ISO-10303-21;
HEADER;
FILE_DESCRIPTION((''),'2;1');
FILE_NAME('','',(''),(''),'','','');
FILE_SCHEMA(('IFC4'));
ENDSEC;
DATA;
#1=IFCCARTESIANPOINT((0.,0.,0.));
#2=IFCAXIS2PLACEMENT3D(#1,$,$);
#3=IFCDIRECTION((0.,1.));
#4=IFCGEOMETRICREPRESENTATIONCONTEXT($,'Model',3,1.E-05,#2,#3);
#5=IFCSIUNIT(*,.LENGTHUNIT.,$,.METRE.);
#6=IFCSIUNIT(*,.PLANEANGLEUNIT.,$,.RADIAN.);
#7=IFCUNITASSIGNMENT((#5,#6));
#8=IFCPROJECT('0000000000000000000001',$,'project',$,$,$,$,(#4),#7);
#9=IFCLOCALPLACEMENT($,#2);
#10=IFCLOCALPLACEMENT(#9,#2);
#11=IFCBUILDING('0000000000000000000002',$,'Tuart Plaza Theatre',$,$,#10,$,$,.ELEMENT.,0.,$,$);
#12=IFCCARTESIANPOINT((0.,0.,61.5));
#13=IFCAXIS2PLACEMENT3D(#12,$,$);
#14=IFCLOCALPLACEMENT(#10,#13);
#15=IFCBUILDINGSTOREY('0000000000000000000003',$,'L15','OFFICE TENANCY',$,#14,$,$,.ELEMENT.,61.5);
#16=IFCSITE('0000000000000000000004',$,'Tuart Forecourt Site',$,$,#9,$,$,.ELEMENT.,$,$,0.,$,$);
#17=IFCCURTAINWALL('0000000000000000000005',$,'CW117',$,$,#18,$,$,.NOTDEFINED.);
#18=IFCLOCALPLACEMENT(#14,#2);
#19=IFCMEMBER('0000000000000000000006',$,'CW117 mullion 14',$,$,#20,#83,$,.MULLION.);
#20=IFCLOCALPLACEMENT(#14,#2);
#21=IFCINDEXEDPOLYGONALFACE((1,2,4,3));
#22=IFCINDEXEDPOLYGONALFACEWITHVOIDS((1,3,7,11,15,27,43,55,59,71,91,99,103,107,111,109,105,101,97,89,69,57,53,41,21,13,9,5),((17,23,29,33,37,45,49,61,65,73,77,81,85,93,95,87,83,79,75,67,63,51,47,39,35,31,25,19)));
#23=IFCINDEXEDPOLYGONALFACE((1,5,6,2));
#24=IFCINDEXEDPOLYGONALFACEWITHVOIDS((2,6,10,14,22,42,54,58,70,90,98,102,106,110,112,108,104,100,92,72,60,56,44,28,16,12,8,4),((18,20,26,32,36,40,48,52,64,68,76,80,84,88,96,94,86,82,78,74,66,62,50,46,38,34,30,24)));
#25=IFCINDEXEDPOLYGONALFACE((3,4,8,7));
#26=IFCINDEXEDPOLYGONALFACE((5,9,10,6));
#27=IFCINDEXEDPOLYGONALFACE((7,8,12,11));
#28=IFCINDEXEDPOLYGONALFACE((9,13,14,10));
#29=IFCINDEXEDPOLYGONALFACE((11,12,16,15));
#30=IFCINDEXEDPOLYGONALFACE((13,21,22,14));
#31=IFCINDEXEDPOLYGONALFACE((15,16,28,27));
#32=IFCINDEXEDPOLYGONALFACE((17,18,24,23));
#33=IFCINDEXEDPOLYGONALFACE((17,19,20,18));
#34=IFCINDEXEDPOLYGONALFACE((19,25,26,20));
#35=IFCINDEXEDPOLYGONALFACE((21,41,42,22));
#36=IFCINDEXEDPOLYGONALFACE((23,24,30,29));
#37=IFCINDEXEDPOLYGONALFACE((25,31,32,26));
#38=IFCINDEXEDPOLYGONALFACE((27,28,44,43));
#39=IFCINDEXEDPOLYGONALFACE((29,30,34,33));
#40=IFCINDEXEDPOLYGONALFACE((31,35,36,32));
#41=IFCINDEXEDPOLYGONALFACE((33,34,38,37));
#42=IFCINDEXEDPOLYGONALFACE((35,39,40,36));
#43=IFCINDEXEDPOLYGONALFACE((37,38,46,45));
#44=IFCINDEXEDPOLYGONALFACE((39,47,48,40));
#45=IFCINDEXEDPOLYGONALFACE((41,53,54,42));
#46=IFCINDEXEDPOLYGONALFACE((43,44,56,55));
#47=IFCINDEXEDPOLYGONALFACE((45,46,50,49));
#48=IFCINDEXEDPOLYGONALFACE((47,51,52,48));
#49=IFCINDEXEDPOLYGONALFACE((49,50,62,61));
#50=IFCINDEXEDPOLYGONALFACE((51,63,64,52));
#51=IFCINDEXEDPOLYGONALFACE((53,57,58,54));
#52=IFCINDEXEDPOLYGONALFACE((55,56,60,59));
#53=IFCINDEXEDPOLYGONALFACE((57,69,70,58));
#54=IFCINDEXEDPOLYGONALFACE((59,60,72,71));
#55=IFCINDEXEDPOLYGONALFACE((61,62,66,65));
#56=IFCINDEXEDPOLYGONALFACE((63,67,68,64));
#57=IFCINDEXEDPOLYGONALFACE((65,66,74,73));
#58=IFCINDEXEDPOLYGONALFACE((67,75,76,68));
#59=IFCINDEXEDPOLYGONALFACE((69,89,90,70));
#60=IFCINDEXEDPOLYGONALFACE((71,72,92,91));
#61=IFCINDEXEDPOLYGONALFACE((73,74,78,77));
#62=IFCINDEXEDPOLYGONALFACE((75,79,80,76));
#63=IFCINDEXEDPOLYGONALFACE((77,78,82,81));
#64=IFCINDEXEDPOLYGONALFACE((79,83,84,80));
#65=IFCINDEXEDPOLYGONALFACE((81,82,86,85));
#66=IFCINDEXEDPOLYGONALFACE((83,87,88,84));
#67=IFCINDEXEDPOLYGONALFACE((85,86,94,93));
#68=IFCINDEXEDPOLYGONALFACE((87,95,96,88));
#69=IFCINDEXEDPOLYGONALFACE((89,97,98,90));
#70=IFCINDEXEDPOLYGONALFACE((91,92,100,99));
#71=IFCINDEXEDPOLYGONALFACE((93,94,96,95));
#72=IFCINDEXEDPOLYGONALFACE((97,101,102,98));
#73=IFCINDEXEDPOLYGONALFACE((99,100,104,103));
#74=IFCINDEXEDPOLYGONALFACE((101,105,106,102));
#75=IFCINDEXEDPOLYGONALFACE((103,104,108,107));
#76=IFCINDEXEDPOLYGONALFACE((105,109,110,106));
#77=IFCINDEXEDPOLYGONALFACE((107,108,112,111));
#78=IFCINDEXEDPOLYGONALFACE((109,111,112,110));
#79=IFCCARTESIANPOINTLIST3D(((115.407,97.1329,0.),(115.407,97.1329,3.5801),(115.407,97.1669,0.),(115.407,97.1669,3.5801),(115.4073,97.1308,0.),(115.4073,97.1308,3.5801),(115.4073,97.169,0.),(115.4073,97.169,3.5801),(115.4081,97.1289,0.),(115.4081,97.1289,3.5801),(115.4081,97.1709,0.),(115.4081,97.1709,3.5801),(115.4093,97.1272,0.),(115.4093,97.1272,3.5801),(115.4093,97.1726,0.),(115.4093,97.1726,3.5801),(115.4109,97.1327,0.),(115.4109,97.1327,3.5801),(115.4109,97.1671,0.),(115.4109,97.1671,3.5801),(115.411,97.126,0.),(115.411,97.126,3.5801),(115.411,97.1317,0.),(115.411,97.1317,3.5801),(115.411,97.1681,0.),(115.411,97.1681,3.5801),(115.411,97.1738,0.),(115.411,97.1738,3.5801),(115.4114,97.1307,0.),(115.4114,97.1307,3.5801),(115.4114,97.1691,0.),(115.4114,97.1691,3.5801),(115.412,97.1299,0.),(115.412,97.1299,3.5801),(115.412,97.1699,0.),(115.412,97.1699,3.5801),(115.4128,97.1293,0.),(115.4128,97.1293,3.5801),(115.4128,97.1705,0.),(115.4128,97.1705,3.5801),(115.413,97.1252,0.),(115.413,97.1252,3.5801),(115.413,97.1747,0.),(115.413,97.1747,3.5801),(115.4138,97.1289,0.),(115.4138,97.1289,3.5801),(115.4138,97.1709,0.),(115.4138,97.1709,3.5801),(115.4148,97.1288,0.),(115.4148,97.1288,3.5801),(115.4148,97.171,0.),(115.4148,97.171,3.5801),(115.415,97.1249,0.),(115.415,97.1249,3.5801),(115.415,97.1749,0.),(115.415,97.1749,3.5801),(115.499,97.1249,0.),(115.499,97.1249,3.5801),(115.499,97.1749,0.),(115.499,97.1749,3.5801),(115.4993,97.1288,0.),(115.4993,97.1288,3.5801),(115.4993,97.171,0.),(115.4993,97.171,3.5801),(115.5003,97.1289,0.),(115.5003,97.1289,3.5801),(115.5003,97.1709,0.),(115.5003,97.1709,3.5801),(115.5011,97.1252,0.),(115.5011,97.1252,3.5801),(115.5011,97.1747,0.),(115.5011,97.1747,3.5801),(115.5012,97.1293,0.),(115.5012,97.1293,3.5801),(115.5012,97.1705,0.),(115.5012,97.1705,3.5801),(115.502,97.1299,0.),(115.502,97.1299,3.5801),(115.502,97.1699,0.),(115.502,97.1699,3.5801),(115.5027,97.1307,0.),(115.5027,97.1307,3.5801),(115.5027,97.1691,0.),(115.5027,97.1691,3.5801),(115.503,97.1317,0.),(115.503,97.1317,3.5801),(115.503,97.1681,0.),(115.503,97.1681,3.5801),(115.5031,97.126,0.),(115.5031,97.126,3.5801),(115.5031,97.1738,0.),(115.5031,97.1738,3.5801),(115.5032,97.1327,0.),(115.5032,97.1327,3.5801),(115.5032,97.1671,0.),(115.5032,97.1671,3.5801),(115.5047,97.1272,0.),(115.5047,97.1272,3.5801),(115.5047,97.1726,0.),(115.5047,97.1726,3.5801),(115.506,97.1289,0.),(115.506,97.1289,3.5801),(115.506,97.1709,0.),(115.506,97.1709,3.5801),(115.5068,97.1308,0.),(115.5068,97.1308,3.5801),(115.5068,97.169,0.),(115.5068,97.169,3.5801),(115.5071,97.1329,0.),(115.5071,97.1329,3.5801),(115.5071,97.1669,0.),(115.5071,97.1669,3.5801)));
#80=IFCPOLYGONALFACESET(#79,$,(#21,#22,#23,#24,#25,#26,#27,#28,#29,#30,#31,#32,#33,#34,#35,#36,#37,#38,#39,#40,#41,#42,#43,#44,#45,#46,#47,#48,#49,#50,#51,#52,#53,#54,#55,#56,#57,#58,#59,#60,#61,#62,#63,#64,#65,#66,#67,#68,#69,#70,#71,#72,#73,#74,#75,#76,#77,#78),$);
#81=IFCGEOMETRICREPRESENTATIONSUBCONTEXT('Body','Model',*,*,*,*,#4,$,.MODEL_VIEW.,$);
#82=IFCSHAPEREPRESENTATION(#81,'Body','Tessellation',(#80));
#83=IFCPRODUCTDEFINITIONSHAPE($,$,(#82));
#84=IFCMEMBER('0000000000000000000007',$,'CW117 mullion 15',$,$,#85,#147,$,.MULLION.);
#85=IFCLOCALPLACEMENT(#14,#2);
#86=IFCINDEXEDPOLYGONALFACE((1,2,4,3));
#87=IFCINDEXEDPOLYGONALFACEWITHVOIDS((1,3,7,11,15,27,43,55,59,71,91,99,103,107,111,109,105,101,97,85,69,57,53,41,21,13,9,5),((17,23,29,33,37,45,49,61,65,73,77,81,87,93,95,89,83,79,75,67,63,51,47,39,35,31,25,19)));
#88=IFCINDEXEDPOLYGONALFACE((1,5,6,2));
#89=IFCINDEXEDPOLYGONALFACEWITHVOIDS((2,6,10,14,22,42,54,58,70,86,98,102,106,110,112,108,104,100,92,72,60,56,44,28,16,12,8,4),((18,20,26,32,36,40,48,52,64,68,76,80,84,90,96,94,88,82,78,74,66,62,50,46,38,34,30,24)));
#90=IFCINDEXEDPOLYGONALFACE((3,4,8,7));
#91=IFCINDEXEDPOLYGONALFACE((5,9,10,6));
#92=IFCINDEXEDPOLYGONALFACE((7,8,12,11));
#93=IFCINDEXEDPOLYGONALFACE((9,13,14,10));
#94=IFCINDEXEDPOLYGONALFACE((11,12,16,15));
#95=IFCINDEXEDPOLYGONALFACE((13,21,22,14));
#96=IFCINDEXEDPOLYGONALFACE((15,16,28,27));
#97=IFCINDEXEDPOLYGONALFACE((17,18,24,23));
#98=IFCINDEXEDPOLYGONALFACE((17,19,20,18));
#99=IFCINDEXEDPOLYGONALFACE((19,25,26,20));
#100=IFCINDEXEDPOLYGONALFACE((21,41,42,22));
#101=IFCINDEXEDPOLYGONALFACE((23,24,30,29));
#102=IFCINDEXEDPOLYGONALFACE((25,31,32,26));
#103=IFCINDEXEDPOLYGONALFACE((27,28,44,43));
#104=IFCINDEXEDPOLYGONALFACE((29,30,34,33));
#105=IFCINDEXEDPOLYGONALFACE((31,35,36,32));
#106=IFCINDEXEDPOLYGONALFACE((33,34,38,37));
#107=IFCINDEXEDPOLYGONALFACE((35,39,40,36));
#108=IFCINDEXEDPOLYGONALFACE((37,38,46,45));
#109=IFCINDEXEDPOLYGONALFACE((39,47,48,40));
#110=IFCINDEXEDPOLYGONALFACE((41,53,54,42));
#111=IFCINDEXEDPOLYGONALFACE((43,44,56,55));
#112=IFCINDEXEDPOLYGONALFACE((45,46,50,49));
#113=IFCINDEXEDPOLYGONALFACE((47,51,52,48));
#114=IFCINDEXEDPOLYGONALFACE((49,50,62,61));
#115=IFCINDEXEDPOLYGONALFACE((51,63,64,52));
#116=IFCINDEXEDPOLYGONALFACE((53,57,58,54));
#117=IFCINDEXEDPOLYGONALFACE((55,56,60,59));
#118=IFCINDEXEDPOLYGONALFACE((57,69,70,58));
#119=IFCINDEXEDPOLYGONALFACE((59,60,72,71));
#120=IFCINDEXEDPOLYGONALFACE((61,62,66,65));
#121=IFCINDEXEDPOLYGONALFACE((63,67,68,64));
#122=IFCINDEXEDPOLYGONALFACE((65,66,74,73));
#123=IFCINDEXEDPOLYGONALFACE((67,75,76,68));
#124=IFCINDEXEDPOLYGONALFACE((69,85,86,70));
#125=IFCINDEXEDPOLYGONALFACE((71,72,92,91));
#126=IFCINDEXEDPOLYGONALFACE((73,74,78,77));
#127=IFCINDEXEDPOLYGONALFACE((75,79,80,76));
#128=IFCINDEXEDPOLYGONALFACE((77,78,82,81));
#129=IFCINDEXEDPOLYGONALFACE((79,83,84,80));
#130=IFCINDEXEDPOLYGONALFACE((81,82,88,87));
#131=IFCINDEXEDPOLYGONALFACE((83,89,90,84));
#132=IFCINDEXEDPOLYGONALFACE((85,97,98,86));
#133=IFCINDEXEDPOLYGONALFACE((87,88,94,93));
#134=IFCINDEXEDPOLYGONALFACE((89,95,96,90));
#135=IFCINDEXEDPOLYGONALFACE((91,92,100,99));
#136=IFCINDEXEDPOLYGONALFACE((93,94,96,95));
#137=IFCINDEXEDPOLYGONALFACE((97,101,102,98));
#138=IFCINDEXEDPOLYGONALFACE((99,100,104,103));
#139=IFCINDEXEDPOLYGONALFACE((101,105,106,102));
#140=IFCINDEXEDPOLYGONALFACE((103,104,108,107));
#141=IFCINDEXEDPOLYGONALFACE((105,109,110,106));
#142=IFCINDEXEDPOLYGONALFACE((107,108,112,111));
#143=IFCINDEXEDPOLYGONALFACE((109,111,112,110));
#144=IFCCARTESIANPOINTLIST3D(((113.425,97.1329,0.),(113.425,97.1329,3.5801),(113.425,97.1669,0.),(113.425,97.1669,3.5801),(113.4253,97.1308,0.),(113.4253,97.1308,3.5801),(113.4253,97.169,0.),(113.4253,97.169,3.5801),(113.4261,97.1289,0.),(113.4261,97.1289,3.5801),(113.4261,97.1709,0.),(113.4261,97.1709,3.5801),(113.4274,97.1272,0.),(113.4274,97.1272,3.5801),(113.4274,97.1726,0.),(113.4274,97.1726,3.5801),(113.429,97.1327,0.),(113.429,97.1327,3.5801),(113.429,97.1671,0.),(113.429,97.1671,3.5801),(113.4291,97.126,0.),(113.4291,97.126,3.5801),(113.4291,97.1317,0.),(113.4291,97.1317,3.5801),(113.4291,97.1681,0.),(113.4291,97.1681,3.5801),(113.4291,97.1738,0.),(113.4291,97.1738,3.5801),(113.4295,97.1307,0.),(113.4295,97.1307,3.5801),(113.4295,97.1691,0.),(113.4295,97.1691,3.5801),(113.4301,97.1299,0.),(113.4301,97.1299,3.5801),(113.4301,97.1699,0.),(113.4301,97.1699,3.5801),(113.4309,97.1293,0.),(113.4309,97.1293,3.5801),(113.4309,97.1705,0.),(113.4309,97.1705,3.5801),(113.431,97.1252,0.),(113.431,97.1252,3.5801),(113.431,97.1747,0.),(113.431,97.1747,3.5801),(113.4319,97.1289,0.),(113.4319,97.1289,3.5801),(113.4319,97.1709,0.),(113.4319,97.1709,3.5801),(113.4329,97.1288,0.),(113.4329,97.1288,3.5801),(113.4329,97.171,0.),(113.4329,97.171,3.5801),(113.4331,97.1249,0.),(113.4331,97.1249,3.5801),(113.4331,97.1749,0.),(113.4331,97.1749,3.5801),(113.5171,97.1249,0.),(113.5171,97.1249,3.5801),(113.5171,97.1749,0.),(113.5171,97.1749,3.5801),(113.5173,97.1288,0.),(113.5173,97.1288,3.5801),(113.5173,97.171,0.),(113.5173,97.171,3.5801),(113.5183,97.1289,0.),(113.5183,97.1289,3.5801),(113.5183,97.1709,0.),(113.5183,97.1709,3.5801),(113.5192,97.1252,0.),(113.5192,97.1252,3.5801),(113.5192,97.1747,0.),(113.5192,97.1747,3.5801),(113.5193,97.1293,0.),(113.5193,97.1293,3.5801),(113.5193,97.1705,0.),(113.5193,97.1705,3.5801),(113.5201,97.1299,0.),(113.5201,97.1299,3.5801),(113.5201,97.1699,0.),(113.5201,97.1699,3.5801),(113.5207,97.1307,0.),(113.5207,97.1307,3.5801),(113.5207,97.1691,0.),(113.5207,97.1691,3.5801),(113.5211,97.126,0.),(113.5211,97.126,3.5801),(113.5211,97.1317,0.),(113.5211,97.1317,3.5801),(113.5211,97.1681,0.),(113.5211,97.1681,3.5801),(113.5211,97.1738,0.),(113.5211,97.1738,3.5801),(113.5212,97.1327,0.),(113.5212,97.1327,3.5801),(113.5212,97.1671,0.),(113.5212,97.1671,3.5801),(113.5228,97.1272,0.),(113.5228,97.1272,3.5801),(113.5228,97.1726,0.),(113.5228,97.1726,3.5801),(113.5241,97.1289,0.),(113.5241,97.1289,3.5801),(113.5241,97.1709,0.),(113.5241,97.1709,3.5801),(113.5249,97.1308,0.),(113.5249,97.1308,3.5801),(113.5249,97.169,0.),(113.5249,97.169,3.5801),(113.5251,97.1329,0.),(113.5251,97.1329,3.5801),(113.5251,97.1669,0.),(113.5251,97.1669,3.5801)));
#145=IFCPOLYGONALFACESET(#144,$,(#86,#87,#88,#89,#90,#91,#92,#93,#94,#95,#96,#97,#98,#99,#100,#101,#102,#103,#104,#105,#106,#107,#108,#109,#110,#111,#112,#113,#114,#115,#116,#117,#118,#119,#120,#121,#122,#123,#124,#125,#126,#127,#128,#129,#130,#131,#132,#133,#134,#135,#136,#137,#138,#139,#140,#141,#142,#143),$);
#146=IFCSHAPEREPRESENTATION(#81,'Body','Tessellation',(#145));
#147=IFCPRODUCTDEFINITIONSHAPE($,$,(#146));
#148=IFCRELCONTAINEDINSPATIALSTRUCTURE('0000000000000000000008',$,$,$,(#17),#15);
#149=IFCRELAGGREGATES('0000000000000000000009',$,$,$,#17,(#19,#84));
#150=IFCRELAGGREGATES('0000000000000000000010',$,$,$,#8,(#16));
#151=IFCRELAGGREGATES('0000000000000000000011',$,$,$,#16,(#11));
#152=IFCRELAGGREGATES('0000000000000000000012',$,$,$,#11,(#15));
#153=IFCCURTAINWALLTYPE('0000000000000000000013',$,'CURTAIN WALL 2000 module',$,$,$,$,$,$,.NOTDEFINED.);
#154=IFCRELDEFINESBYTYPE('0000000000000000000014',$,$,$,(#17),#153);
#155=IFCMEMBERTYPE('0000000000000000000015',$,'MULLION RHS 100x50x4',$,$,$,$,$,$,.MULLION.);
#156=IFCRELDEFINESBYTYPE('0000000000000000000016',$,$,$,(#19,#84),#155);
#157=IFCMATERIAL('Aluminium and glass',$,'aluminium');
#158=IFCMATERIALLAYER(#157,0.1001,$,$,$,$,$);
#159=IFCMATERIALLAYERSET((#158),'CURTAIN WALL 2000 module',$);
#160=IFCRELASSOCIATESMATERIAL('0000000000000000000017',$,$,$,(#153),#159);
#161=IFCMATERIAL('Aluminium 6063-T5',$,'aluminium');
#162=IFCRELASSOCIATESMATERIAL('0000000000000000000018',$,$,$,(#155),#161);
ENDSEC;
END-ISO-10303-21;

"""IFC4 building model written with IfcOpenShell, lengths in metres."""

from ifc_helpers import new_model, si_unit, direction, frame, origin, origin_2d, place, context, subcontext, project, spatial, hollow_rectangle, extrude, material, layer, layer_set, material_profile, profile_set, type_object, element, aggregate, save


model = new_model("IFC4")

# Units and contexts
model_context = context("Model", 3, precision=1e-05, world=origin(), true_north=direction((0.0, 1.0)))
body_context = subcontext(model_context, "Body", "Model", "MODEL_VIEW")
ifc_project = project(units=[si_unit("LENGTHUNIT", "METRE"), si_unit("PLANEANGLEUNIT", "RADIAN")], contexts=[model_context])

# Site, building, storey
site_placement = place(None, origin())
site = spatial("IfcSite", under=ifc_project, at=site_placement, Name="Tuart Forecourt Site", CompositionType="ELEMENT", RefElevation=0.0)
building_placement = place(site_placement, origin())
building = spatial("IfcBuilding", under=site, at=building_placement, Name="Tuart Plaza Theatre", CompositionType="ELEMENT", ElevationOfRefHeight=0.0)
storey_placement = place(building_placement, frame((0.0, 0.0, 61.5)))
storey = spatial("IfcBuildingStorey", under=building, at=storey_placement, Name="L15", Description="OFFICE TENANCY", CompositionType="ELEMENT", Elevation=61.5)

# Curtain wall, members
ifc_material_1 = material(Name="Aluminium and glass", Category="aluminium")
ifc_layer_1 = layer(ifc_material_1, 0.1001)
ifc_layer_set_1 = layer_set([ifc_layer_1], Name="CURTAIN WALL 2000 module")
curtain_wall_type = type_object("IfcCurtainWallType", Name="CURTAIN WALL 2000 module", PredefinedType="NOTDEFINED", material=ifc_layer_set_1)
curtain_wall_placement = place(storey_placement, origin())
curtain_wall = element("IfcCurtainWall", 1, at=curtain_wall_placement, inside=storey, type_object=curtain_wall_type, Name="CW117", PredefinedType="NOTDEFINED")
ifc_material_2 = material(Name="Aluminium 6063-T5", Category="aluminium")
ifc_material_profile_1 = material_profile(ifc_material_2, hollow_rectangle(XDim=0.05, YDim=0.1001, WallThickness=0.0039, InnerFilletRadius=0.0039, OuterFilletRadius=0.0081, at=origin_2d()), Name="RHS 100x50x4")
ifc_profile_set_1 = profile_set([ifc_material_profile_1], Name="Aluminium 6063-T5")
member_type_1 = type_object("IfcMemberType", Name="MULLION RHS 100x50x4", PredefinedType="MULLION", material=ifc_profile_set_1)
member_1_placement = place(storey_placement, frame((115.457, 97.1499, 0.0), z_axis=(0.0, 0.0, 1.0), x_axis=(0.0, -1.0, 0.0)))
member_1 = element("IfcMember", 2, at=member_1_placement, type_object=member_type_1, Name="CW117 mullion 14", PredefinedType="MULLION", context=body_context, shape_type="SweptSolid", body=[
    extrude(hollow_rectangle(XDim=0.05, YDim=0.1001, WallThickness=0.0039, InnerFilletRadius=0.0039, OuterFilletRadius=0.0081, at=origin_2d()), origin(), (0.0, 0.0, 1.0), 3.5801),
])
member_2_placement = place(storey_placement, frame((113.4751, 97.1499, 0.0), z_axis=(0.0, 0.0, 1.0), x_axis=(0.0, -1.0, 0.0)))
member_2 = element("IfcMember", 3, at=member_2_placement, type_object=member_type_1, Name="CW117 mullion 15", PredefinedType="MULLION", context=body_context, shape_type="SweptSolid", body=[
    extrude(hollow_rectangle(XDim=0.05, YDim=0.1001, WallThickness=0.0039, InnerFilletRadius=0.0039, OuterFilletRadius=0.0081, at=origin_2d()), origin(), (0.0, 0.0, 1.0), 3.5801),
])
aggregate(curtain_wall, [member_1, member_2])

save(model, "model.ifc")
